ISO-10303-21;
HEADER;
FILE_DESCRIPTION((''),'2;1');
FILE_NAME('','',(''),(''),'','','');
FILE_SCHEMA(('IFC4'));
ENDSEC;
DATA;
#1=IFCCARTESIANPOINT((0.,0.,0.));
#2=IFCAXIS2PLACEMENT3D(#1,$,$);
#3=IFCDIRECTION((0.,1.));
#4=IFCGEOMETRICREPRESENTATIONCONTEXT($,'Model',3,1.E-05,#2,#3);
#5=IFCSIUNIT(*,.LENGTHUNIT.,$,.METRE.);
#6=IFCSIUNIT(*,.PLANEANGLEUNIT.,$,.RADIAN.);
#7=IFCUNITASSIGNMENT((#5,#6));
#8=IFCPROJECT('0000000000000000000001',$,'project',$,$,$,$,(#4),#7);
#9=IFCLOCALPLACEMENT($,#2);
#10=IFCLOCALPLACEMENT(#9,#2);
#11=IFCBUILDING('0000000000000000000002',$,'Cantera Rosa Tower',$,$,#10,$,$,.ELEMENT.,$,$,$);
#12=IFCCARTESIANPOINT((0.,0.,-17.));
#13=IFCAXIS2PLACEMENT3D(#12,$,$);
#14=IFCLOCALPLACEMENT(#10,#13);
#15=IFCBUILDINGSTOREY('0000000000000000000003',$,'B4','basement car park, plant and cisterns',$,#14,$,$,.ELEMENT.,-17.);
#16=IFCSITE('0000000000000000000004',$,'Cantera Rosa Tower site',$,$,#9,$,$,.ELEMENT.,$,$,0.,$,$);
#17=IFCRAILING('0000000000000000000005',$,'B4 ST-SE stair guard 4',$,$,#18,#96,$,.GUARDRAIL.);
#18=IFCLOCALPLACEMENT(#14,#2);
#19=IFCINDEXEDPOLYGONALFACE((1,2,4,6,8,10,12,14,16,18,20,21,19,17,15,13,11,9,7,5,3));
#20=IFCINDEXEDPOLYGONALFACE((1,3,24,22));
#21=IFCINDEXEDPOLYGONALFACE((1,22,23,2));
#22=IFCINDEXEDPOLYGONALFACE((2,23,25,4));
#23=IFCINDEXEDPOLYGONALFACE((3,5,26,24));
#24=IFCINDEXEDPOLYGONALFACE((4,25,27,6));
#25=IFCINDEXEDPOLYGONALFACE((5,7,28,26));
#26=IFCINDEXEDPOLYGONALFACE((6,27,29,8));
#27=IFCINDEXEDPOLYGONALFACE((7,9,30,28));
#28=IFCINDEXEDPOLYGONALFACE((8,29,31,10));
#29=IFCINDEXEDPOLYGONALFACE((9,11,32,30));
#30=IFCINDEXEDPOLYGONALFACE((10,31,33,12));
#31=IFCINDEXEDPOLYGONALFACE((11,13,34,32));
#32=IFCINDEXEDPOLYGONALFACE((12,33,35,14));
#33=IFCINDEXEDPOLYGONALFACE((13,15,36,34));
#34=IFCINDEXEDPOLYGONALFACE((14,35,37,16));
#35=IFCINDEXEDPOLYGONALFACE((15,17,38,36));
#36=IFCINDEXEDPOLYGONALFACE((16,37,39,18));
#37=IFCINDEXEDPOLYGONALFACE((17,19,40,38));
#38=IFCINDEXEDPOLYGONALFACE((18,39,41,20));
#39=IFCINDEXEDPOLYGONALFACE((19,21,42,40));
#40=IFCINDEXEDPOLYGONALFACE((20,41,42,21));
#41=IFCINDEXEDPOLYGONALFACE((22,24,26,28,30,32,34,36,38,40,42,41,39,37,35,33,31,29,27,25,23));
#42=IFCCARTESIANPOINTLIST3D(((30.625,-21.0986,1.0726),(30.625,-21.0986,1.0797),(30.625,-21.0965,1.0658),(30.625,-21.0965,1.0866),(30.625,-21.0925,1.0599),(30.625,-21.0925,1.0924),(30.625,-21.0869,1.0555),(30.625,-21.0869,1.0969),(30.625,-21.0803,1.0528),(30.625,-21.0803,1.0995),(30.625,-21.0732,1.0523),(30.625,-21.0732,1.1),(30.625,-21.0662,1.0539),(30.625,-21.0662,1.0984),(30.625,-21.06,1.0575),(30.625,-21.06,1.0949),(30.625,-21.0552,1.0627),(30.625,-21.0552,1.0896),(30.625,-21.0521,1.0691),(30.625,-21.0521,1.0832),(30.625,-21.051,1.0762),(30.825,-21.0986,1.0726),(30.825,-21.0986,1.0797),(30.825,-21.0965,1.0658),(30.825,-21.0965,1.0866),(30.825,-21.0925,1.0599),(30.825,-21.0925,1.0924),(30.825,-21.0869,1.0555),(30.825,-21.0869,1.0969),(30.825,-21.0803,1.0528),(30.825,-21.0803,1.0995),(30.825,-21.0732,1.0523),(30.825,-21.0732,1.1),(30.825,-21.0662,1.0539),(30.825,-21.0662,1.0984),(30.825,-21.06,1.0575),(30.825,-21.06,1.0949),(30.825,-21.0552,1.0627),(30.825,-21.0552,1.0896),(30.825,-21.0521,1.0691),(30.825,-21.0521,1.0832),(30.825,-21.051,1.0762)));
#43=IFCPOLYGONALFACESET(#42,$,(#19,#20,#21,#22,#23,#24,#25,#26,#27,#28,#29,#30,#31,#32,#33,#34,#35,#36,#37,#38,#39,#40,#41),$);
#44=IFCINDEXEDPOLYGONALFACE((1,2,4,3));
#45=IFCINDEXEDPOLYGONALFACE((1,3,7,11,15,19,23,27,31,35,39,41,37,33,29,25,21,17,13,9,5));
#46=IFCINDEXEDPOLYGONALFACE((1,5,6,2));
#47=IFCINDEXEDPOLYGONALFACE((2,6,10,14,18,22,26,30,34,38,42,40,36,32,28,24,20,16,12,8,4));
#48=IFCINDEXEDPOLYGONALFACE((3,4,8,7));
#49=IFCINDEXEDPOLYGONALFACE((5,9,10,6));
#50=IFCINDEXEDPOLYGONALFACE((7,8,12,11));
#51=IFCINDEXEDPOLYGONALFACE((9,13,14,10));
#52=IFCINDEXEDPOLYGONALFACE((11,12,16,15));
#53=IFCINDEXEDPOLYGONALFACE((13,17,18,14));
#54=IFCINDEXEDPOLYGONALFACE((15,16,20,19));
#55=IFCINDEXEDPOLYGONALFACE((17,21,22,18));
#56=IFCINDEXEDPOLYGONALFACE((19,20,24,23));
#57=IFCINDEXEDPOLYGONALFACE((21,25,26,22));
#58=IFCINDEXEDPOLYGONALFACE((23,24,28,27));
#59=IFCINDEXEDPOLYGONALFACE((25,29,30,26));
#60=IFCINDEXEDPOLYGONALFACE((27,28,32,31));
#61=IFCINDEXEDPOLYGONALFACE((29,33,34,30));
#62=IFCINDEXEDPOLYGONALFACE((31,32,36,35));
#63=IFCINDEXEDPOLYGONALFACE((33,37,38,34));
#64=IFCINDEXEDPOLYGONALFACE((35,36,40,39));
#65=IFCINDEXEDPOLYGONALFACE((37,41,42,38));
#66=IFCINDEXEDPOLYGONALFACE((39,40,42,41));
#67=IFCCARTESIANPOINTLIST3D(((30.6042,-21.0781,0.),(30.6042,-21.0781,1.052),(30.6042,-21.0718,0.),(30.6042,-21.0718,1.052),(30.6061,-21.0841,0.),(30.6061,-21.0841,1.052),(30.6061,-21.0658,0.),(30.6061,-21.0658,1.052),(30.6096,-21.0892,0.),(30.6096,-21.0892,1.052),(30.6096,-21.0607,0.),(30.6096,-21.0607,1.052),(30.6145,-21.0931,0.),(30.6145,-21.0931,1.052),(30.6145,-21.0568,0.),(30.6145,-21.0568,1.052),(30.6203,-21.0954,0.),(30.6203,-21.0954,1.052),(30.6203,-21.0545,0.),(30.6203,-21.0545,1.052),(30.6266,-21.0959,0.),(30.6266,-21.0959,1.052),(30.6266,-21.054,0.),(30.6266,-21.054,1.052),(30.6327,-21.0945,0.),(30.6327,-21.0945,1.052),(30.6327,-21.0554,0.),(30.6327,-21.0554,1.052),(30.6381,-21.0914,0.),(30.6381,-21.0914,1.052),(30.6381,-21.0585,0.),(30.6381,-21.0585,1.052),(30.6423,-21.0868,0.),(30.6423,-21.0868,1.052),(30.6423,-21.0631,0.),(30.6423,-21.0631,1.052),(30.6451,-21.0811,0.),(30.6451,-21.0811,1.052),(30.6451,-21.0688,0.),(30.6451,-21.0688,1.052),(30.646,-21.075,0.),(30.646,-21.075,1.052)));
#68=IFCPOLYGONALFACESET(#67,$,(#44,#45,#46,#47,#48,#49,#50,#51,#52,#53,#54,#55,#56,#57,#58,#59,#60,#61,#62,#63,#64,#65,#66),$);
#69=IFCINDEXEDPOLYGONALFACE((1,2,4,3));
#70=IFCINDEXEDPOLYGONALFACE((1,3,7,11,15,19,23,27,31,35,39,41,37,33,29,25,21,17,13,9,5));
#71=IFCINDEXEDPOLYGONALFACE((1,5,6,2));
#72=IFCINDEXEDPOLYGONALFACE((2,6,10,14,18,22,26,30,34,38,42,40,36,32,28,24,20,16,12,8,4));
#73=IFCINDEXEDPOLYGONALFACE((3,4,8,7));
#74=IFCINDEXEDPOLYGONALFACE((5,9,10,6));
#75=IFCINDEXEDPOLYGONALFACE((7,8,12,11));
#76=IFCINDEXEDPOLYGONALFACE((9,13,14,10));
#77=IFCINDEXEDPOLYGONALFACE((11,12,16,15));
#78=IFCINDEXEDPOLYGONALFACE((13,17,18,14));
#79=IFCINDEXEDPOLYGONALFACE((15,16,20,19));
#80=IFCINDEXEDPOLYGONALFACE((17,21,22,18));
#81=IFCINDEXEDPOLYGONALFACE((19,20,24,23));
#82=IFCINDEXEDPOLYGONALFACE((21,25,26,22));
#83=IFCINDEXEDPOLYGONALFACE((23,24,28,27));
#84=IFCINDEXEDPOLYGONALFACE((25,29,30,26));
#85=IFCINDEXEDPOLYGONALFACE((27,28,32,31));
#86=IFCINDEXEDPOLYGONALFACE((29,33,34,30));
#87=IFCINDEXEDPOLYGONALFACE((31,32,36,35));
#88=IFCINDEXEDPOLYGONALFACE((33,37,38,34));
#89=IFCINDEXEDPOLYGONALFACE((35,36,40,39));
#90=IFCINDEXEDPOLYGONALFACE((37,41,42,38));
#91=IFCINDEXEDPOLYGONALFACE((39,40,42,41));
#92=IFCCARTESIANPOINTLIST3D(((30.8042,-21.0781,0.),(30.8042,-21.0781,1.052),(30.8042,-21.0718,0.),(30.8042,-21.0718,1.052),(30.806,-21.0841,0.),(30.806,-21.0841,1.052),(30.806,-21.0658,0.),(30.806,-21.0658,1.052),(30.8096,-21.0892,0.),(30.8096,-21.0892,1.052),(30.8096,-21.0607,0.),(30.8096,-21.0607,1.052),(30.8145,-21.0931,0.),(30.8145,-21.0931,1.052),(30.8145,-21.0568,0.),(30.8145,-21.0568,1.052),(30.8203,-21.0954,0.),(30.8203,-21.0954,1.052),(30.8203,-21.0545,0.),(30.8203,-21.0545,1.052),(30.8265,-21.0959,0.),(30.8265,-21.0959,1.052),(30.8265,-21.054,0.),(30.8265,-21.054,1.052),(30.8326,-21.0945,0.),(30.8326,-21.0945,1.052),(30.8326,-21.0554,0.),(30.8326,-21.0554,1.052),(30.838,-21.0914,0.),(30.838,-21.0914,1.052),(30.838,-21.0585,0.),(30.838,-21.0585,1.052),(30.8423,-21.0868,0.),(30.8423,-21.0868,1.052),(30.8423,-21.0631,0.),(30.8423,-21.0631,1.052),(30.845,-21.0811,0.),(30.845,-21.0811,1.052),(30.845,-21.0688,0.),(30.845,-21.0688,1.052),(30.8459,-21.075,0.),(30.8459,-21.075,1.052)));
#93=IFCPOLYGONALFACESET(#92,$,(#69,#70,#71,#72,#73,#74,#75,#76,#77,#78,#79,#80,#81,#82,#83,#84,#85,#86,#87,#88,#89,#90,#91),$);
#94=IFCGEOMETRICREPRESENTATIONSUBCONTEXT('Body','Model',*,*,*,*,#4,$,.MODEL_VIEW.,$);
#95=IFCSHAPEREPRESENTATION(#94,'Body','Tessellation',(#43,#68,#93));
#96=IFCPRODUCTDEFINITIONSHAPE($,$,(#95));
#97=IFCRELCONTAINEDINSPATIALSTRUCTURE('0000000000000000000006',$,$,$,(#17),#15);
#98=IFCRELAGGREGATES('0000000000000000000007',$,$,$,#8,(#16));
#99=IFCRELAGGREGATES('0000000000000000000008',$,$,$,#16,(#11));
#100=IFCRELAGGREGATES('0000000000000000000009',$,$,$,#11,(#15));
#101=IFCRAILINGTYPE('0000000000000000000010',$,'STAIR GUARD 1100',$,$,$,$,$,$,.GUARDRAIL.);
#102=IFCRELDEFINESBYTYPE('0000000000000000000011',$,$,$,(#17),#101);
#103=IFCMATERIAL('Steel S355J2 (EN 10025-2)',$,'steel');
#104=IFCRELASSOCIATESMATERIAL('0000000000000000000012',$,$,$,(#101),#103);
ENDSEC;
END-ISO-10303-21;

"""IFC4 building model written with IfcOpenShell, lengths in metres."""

from ifc_helpers import new_model, si_unit, direction, frame, origin, origin_2d, place, context, subcontext, project, spatial, circle, extrude, material, type_object, element, save


model = new_model("IFC4")

# Units and contexts
model_context = context("Model", 3, precision=1e-05, world=origin(), true_north=direction((0.0, 1.0)))
body_context = subcontext(model_context, "Body", "Model", "MODEL_VIEW")
ifc_project = project(units=[si_unit("LENGTHUNIT", "METRE"), si_unit("PLANEANGLEUNIT", "RADIAN")], contexts=[model_context])

# Site, building, storey
site_placement = place(None, origin())
site = spatial("IfcSite", under=ifc_project, at=site_placement, Name="Cantera Rosa Tower site", CompositionType="ELEMENT", RefElevation=0.0)
building_placement = place(site_placement, origin())
building = spatial("IfcBuilding", under=site, at=building_placement, Name="Cantera Rosa Tower", CompositionType="ELEMENT")
storey_placement = place(building_placement, frame((0.0, 0.0, -17.0)))
storey = spatial("IfcBuildingStorey", under=building, at=storey_placement, Name="B4", Description="basement car park, plant and cisterns", CompositionType="ELEMENT", Elevation=-17.0)

# Railing
ifc_material_1 = material(Name="Steel S355J2 (EN 10025-2)", Category="steel")
railing_type = type_object("IfcRailingType", Name="STAIR GUARD 1100", PredefinedType="GUARDRAIL", material=ifc_material_1)
railing_1_placement = place(storey_placement, frame((30.625, -21.075, 0.0)))
element("IfcRailing", 1, at=railing_1_placement, inside=storey, type_object=railing_type, Name="B4 ST-SE stair guard 4", PredefinedType="GUARDRAIL", context=body_context, shape_type="SweptSolid", body=[
    extrude(circle(Radius=0.0239, at=origin_2d()), frame((0.0, 0.0, 1.0762), z_axis=(1.0, 0.0, 0.0), x_axis=(0.0, 1.0, 0.0)), (0.0, 0.0, 1.0), 0.2),
    extrude(circle(Radius=0.021, at=origin_2d()), origin(), (0.0, 0.0, 1.0), 1.052),
    extrude(circle(Radius=0.021, at=origin_2d()), frame((0.2, 0.0, 0.0)), (0.0, 0.0, 1.0), 1.052),
])

save(model, "model.ifc")
